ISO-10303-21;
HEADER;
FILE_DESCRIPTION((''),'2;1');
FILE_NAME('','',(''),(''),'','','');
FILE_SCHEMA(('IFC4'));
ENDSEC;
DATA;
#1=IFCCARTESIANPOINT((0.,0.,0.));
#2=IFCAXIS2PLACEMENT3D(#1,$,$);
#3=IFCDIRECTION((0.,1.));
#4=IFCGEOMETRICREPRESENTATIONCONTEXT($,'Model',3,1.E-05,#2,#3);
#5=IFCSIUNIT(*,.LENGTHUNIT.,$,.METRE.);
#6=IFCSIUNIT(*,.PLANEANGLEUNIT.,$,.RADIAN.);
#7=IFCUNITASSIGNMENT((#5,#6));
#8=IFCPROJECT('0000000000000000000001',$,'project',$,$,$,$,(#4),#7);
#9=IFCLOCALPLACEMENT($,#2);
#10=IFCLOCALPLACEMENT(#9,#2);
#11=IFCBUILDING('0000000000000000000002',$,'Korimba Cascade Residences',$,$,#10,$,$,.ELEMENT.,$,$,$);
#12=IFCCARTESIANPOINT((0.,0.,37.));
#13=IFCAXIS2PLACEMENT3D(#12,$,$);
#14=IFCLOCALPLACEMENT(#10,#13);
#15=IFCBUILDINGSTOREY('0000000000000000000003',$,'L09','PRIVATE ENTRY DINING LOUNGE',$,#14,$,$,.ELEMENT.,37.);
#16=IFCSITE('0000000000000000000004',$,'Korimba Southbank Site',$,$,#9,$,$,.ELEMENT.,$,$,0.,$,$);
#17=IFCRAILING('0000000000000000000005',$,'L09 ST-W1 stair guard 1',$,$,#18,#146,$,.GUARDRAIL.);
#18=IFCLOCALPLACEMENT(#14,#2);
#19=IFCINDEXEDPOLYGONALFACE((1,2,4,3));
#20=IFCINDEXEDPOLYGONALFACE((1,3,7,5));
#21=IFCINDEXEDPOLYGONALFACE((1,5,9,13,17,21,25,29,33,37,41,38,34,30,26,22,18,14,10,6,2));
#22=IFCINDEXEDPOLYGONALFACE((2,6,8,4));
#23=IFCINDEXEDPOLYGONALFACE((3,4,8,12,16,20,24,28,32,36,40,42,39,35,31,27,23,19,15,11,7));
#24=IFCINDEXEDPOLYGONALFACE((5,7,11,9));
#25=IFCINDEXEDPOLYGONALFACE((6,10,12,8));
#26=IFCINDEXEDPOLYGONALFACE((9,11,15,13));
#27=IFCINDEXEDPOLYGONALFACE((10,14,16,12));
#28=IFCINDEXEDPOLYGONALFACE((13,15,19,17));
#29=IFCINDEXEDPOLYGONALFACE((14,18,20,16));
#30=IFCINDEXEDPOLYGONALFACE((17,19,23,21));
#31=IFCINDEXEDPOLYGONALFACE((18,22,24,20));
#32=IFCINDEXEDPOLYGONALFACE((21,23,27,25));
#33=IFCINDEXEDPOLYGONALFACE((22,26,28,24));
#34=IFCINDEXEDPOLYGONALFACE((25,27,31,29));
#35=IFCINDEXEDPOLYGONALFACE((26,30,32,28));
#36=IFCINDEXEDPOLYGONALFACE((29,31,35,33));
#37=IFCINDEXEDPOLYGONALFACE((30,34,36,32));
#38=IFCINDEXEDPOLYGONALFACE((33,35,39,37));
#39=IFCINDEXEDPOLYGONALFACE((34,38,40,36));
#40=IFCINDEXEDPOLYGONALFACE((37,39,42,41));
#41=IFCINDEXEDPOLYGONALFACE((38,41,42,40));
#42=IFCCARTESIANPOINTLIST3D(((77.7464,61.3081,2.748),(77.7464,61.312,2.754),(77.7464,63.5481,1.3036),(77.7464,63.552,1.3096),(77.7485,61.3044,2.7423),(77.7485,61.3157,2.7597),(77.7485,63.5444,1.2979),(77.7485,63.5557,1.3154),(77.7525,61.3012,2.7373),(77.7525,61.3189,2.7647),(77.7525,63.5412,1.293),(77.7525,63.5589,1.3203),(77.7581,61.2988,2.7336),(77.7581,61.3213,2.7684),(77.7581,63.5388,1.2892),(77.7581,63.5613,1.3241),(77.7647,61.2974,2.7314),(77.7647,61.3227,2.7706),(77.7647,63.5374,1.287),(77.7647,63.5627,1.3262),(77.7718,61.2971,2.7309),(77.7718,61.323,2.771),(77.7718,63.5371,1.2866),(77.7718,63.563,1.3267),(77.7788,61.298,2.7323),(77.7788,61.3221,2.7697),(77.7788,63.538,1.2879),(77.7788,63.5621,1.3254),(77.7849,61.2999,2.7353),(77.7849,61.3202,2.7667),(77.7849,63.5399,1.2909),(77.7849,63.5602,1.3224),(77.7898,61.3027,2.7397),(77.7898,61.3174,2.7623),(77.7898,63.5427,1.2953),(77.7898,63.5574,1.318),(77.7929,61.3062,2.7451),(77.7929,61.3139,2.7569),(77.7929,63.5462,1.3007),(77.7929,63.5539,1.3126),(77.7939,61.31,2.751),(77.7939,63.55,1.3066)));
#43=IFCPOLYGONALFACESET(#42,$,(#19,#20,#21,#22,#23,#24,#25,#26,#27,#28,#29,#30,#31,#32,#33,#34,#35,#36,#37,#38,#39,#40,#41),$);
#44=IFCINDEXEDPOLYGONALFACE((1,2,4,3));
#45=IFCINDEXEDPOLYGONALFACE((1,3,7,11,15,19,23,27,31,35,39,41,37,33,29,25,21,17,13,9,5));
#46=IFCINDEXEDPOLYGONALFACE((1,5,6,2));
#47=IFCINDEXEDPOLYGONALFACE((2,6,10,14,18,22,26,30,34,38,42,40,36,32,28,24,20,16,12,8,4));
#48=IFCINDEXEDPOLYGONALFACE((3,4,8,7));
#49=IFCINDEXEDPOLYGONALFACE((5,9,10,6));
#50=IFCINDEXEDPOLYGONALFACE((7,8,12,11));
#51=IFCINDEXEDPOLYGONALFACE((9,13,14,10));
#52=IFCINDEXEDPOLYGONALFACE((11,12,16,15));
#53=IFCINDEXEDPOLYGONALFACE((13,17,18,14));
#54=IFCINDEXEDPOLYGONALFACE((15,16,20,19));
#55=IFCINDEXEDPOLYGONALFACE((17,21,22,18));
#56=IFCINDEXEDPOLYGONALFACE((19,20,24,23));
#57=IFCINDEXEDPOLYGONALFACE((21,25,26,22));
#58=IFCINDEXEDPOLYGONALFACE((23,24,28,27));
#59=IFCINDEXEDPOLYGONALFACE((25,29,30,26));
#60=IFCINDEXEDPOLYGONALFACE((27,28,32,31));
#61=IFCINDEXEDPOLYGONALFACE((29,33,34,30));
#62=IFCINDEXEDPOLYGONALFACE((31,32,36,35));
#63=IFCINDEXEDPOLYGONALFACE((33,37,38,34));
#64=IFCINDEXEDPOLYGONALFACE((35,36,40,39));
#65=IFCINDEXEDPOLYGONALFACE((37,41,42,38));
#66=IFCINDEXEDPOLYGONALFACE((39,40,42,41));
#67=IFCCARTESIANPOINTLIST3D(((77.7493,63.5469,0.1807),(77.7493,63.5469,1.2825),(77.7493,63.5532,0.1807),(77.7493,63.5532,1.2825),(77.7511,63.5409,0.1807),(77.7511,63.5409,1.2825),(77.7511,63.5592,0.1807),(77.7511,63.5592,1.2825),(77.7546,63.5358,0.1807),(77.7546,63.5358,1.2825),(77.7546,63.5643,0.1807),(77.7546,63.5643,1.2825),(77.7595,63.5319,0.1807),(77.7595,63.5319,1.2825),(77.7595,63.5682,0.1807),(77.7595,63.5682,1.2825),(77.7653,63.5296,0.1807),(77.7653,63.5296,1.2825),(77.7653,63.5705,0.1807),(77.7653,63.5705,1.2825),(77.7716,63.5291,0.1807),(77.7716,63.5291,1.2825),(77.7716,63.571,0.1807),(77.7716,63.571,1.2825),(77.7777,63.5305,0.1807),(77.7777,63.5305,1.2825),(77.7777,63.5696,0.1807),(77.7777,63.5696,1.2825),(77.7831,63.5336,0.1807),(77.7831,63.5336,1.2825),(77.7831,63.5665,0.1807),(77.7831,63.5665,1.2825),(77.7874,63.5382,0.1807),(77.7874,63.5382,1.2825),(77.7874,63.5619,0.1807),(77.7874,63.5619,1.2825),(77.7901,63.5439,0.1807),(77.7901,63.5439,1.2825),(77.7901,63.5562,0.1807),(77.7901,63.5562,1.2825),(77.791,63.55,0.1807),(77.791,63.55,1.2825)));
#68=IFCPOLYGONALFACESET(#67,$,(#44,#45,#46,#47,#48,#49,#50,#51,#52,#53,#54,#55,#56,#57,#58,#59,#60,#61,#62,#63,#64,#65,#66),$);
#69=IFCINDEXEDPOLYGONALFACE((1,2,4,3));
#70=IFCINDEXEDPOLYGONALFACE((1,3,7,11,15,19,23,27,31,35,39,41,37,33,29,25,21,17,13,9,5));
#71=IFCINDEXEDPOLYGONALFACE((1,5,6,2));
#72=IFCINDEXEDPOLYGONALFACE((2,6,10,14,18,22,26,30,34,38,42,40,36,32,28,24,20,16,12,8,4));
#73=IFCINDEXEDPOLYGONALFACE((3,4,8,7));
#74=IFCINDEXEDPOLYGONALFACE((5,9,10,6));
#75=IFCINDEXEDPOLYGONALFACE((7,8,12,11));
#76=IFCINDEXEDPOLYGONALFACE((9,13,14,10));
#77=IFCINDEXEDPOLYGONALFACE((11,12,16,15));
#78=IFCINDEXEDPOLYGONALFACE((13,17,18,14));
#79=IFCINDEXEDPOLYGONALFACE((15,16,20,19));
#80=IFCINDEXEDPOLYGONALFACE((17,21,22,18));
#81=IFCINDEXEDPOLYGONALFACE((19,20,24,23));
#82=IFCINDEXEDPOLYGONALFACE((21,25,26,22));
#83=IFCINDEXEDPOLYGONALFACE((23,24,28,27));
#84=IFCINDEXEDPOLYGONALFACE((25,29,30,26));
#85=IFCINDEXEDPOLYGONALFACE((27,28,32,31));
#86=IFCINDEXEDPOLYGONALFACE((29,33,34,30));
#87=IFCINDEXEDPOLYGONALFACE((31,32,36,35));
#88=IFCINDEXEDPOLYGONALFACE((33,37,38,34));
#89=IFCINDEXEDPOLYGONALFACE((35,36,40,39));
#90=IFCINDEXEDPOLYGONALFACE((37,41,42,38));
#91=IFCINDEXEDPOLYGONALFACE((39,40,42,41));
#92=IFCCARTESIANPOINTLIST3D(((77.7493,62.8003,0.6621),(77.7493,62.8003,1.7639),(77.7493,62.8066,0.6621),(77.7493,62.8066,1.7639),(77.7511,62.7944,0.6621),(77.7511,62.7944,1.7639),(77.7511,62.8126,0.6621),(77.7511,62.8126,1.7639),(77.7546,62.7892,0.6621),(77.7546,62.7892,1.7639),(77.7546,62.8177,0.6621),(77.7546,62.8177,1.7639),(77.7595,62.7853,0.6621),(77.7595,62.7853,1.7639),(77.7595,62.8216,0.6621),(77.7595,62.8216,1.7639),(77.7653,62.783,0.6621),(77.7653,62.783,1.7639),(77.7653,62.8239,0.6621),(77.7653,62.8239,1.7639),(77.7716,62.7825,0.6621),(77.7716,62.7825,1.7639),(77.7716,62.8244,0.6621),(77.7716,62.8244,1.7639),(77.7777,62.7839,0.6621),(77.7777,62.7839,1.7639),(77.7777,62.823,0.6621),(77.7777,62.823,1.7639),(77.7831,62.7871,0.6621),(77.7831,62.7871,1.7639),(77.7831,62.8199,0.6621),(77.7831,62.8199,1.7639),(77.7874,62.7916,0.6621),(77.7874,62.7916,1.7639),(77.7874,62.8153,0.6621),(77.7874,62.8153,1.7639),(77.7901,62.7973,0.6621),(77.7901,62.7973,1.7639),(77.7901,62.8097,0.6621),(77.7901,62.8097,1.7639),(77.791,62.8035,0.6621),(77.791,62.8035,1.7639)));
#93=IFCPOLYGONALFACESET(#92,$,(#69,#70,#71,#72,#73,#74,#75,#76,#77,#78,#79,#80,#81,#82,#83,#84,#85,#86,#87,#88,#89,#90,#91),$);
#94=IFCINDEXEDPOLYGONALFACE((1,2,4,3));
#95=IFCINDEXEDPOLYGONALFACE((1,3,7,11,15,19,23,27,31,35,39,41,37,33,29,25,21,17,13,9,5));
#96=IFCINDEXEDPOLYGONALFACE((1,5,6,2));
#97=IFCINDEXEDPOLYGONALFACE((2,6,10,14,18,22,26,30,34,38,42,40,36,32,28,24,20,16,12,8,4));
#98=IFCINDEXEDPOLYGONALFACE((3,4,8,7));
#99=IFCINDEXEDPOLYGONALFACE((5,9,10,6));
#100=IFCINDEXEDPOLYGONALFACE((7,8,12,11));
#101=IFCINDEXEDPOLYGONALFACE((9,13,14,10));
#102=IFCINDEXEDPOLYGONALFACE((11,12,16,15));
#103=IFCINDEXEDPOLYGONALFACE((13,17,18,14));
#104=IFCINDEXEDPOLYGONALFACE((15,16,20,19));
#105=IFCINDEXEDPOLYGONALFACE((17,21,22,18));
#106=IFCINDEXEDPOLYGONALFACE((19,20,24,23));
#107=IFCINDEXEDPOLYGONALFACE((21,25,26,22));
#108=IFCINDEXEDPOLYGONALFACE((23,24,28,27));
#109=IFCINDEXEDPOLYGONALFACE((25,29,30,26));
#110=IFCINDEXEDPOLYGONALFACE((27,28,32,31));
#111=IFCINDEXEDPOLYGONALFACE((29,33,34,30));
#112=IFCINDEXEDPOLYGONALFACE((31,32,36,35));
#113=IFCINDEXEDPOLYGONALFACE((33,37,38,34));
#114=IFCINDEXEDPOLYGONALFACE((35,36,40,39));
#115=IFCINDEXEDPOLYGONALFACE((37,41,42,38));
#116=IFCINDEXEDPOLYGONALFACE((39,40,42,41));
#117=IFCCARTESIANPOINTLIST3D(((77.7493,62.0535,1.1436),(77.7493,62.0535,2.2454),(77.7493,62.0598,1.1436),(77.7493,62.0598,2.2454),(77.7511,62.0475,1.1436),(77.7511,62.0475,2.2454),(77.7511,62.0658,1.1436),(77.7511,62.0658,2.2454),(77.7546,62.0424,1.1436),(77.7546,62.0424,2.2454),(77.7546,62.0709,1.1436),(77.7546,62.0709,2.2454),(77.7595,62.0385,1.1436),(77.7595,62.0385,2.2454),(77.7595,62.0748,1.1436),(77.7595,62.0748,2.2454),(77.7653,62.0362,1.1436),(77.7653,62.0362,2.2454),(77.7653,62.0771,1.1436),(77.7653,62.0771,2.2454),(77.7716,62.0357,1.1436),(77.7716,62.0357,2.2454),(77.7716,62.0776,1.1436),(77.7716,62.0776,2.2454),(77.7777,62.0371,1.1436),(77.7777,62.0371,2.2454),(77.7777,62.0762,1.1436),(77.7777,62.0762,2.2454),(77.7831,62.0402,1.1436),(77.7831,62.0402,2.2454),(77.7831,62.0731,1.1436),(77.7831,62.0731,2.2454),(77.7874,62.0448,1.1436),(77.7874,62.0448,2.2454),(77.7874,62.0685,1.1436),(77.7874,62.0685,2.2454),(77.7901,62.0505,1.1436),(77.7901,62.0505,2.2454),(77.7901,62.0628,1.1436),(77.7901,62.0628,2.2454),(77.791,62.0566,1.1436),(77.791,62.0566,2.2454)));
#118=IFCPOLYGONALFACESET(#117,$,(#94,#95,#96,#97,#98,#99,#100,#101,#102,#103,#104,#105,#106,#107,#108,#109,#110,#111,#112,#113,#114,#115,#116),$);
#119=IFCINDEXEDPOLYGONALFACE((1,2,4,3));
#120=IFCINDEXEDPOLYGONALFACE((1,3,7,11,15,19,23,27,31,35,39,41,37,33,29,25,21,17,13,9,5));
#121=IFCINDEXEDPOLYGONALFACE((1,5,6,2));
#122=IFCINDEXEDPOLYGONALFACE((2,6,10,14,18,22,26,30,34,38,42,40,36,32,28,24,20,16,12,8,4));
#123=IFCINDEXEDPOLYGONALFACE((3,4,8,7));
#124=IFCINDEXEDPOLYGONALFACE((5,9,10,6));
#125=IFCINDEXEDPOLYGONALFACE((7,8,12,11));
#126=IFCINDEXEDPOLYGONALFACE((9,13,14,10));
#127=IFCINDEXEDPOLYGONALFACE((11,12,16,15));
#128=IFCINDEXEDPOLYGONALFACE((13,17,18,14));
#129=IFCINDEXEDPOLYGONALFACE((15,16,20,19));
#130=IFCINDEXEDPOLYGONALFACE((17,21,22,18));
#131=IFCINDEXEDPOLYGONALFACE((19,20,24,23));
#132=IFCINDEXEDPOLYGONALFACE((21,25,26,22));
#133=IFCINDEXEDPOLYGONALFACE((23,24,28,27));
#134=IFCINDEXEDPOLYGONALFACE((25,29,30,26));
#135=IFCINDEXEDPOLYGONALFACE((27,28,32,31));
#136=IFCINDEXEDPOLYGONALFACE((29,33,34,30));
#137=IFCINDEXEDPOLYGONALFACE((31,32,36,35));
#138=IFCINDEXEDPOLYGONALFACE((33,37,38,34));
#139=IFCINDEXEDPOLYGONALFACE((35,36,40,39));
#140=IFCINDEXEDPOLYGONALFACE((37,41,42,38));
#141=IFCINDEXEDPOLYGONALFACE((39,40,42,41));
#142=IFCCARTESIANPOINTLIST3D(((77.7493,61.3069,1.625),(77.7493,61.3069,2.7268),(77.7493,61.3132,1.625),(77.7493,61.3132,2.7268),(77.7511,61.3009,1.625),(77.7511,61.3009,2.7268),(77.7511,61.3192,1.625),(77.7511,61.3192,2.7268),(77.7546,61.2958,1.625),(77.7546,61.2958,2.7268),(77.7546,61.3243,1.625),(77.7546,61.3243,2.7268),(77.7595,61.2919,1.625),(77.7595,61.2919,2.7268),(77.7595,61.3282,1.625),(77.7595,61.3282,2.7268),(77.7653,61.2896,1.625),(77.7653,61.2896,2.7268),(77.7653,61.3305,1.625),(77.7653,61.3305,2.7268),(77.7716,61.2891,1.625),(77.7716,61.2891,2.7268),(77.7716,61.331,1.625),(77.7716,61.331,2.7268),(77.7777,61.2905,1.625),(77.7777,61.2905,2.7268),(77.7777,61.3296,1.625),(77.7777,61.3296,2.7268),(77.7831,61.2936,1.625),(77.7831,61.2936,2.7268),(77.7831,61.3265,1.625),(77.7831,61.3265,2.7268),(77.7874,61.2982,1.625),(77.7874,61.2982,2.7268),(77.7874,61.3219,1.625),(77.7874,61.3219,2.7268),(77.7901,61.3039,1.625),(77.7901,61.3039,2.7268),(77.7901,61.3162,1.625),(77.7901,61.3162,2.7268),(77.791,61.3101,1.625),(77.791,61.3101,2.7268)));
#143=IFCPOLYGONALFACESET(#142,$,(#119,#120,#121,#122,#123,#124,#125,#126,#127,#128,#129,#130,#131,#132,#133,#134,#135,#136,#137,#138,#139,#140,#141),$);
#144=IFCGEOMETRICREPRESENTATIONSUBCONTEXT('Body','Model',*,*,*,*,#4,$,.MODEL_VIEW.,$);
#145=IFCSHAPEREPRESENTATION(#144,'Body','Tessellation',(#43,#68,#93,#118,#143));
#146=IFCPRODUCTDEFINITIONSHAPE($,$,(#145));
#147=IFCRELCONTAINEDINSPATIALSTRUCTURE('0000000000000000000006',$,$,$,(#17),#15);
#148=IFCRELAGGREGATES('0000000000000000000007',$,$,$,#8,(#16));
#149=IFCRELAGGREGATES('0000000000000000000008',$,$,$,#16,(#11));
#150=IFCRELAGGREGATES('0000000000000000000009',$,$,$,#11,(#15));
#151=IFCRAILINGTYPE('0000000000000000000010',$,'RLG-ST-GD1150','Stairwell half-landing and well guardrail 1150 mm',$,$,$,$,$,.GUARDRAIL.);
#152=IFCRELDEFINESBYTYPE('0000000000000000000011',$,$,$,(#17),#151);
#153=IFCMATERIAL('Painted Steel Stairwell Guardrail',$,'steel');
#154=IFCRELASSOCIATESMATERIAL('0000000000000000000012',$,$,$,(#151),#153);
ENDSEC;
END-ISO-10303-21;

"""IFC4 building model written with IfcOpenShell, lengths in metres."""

from ifc_helpers import new_model, si_unit, direction, frame, origin, origin_2d, place, context, subcontext, project, spatial, circle, extrude, material, type_object, element, save


model = new_model("IFC4")

# Units and contexts
model_context = context("Model", 3, precision=1e-05, world=origin(), true_north=direction((0.0, 1.0)))
body_context = subcontext(model_context, "Body", "Model", "MODEL_VIEW")
ifc_project = project(units=[si_unit("LENGTHUNIT", "METRE"), si_unit("PLANEANGLEUNIT", "RADIAN")], contexts=[model_context])

# Site, building, storey
site_placement = place(None, origin())
site = spatial("IfcSite", under=ifc_project, at=site_placement, Name="Korimba Southbank Site", CompositionType="ELEMENT", RefElevation=0.0)
building_placement = place(site_placement, origin())
building = spatial("IfcBuilding", under=site, at=building_placement, Name="Korimba Cascade Residences", CompositionType="ELEMENT")
storey_placement = place(building_placement, frame((0.0, 0.0, 37.0)))
storey = spatial("IfcBuildingStorey", under=building, at=storey_placement, Name="L09", Description="PRIVATE ENTRY DINING LOUNGE", CompositionType="ELEMENT", Elevation=37.0)

# Railing
ifc_material_1 = material(Name="Painted Steel Stairwell Guardrail", Category="steel")
railing_type_1 = type_object("IfcRailingType", Name="RLG-ST-GD1150", Description="Stairwell half-landing and well guardrail 1150 mm", PredefinedType="GUARDRAIL", material=ifc_material_1)
railing_1_placement = place(storey_placement, frame((77.77, 63.55, 0.1807)))
element("IfcRailing", 1, at=railing_1_placement, inside=storey, type_object=railing_type_1, Name="L09 ST-W1 stair guard 1", PredefinedType="GUARDRAIL", context=body_context, shape_type="SweptSolid", body=[
    extrude(circle(Radius=0.0239, at=origin_2d()), frame((0.0, 0.0, 1.126), z_axis=(0.0, -0.840437, 0.54191), x_axis=(1.0, 0.0, 0.0)), (0.0, 0.0, 1.0), 2.6653),
    extrude(circle(Radius=0.021, at=origin_2d()), origin(), (0.0, 0.0, 1.0), 1.1018),
    extrude(circle(Radius=0.021, at=origin_2d()), frame((0.0, -0.7466, 0.4814)), (0.0, 0.0, 1.0), 1.1018),
    extrude(circle(Radius=0.021, at=origin_2d()), frame((0.0, -1.4934, 0.9629)), (0.0, 0.0, 1.0), 1.1018),
    extrude(circle(Radius=0.021, at=origin_2d()), frame((0.0, -2.24, 1.4443)), (0.0, 0.0, 1.0), 1.1018),
])

save(model, "model.ifc")
